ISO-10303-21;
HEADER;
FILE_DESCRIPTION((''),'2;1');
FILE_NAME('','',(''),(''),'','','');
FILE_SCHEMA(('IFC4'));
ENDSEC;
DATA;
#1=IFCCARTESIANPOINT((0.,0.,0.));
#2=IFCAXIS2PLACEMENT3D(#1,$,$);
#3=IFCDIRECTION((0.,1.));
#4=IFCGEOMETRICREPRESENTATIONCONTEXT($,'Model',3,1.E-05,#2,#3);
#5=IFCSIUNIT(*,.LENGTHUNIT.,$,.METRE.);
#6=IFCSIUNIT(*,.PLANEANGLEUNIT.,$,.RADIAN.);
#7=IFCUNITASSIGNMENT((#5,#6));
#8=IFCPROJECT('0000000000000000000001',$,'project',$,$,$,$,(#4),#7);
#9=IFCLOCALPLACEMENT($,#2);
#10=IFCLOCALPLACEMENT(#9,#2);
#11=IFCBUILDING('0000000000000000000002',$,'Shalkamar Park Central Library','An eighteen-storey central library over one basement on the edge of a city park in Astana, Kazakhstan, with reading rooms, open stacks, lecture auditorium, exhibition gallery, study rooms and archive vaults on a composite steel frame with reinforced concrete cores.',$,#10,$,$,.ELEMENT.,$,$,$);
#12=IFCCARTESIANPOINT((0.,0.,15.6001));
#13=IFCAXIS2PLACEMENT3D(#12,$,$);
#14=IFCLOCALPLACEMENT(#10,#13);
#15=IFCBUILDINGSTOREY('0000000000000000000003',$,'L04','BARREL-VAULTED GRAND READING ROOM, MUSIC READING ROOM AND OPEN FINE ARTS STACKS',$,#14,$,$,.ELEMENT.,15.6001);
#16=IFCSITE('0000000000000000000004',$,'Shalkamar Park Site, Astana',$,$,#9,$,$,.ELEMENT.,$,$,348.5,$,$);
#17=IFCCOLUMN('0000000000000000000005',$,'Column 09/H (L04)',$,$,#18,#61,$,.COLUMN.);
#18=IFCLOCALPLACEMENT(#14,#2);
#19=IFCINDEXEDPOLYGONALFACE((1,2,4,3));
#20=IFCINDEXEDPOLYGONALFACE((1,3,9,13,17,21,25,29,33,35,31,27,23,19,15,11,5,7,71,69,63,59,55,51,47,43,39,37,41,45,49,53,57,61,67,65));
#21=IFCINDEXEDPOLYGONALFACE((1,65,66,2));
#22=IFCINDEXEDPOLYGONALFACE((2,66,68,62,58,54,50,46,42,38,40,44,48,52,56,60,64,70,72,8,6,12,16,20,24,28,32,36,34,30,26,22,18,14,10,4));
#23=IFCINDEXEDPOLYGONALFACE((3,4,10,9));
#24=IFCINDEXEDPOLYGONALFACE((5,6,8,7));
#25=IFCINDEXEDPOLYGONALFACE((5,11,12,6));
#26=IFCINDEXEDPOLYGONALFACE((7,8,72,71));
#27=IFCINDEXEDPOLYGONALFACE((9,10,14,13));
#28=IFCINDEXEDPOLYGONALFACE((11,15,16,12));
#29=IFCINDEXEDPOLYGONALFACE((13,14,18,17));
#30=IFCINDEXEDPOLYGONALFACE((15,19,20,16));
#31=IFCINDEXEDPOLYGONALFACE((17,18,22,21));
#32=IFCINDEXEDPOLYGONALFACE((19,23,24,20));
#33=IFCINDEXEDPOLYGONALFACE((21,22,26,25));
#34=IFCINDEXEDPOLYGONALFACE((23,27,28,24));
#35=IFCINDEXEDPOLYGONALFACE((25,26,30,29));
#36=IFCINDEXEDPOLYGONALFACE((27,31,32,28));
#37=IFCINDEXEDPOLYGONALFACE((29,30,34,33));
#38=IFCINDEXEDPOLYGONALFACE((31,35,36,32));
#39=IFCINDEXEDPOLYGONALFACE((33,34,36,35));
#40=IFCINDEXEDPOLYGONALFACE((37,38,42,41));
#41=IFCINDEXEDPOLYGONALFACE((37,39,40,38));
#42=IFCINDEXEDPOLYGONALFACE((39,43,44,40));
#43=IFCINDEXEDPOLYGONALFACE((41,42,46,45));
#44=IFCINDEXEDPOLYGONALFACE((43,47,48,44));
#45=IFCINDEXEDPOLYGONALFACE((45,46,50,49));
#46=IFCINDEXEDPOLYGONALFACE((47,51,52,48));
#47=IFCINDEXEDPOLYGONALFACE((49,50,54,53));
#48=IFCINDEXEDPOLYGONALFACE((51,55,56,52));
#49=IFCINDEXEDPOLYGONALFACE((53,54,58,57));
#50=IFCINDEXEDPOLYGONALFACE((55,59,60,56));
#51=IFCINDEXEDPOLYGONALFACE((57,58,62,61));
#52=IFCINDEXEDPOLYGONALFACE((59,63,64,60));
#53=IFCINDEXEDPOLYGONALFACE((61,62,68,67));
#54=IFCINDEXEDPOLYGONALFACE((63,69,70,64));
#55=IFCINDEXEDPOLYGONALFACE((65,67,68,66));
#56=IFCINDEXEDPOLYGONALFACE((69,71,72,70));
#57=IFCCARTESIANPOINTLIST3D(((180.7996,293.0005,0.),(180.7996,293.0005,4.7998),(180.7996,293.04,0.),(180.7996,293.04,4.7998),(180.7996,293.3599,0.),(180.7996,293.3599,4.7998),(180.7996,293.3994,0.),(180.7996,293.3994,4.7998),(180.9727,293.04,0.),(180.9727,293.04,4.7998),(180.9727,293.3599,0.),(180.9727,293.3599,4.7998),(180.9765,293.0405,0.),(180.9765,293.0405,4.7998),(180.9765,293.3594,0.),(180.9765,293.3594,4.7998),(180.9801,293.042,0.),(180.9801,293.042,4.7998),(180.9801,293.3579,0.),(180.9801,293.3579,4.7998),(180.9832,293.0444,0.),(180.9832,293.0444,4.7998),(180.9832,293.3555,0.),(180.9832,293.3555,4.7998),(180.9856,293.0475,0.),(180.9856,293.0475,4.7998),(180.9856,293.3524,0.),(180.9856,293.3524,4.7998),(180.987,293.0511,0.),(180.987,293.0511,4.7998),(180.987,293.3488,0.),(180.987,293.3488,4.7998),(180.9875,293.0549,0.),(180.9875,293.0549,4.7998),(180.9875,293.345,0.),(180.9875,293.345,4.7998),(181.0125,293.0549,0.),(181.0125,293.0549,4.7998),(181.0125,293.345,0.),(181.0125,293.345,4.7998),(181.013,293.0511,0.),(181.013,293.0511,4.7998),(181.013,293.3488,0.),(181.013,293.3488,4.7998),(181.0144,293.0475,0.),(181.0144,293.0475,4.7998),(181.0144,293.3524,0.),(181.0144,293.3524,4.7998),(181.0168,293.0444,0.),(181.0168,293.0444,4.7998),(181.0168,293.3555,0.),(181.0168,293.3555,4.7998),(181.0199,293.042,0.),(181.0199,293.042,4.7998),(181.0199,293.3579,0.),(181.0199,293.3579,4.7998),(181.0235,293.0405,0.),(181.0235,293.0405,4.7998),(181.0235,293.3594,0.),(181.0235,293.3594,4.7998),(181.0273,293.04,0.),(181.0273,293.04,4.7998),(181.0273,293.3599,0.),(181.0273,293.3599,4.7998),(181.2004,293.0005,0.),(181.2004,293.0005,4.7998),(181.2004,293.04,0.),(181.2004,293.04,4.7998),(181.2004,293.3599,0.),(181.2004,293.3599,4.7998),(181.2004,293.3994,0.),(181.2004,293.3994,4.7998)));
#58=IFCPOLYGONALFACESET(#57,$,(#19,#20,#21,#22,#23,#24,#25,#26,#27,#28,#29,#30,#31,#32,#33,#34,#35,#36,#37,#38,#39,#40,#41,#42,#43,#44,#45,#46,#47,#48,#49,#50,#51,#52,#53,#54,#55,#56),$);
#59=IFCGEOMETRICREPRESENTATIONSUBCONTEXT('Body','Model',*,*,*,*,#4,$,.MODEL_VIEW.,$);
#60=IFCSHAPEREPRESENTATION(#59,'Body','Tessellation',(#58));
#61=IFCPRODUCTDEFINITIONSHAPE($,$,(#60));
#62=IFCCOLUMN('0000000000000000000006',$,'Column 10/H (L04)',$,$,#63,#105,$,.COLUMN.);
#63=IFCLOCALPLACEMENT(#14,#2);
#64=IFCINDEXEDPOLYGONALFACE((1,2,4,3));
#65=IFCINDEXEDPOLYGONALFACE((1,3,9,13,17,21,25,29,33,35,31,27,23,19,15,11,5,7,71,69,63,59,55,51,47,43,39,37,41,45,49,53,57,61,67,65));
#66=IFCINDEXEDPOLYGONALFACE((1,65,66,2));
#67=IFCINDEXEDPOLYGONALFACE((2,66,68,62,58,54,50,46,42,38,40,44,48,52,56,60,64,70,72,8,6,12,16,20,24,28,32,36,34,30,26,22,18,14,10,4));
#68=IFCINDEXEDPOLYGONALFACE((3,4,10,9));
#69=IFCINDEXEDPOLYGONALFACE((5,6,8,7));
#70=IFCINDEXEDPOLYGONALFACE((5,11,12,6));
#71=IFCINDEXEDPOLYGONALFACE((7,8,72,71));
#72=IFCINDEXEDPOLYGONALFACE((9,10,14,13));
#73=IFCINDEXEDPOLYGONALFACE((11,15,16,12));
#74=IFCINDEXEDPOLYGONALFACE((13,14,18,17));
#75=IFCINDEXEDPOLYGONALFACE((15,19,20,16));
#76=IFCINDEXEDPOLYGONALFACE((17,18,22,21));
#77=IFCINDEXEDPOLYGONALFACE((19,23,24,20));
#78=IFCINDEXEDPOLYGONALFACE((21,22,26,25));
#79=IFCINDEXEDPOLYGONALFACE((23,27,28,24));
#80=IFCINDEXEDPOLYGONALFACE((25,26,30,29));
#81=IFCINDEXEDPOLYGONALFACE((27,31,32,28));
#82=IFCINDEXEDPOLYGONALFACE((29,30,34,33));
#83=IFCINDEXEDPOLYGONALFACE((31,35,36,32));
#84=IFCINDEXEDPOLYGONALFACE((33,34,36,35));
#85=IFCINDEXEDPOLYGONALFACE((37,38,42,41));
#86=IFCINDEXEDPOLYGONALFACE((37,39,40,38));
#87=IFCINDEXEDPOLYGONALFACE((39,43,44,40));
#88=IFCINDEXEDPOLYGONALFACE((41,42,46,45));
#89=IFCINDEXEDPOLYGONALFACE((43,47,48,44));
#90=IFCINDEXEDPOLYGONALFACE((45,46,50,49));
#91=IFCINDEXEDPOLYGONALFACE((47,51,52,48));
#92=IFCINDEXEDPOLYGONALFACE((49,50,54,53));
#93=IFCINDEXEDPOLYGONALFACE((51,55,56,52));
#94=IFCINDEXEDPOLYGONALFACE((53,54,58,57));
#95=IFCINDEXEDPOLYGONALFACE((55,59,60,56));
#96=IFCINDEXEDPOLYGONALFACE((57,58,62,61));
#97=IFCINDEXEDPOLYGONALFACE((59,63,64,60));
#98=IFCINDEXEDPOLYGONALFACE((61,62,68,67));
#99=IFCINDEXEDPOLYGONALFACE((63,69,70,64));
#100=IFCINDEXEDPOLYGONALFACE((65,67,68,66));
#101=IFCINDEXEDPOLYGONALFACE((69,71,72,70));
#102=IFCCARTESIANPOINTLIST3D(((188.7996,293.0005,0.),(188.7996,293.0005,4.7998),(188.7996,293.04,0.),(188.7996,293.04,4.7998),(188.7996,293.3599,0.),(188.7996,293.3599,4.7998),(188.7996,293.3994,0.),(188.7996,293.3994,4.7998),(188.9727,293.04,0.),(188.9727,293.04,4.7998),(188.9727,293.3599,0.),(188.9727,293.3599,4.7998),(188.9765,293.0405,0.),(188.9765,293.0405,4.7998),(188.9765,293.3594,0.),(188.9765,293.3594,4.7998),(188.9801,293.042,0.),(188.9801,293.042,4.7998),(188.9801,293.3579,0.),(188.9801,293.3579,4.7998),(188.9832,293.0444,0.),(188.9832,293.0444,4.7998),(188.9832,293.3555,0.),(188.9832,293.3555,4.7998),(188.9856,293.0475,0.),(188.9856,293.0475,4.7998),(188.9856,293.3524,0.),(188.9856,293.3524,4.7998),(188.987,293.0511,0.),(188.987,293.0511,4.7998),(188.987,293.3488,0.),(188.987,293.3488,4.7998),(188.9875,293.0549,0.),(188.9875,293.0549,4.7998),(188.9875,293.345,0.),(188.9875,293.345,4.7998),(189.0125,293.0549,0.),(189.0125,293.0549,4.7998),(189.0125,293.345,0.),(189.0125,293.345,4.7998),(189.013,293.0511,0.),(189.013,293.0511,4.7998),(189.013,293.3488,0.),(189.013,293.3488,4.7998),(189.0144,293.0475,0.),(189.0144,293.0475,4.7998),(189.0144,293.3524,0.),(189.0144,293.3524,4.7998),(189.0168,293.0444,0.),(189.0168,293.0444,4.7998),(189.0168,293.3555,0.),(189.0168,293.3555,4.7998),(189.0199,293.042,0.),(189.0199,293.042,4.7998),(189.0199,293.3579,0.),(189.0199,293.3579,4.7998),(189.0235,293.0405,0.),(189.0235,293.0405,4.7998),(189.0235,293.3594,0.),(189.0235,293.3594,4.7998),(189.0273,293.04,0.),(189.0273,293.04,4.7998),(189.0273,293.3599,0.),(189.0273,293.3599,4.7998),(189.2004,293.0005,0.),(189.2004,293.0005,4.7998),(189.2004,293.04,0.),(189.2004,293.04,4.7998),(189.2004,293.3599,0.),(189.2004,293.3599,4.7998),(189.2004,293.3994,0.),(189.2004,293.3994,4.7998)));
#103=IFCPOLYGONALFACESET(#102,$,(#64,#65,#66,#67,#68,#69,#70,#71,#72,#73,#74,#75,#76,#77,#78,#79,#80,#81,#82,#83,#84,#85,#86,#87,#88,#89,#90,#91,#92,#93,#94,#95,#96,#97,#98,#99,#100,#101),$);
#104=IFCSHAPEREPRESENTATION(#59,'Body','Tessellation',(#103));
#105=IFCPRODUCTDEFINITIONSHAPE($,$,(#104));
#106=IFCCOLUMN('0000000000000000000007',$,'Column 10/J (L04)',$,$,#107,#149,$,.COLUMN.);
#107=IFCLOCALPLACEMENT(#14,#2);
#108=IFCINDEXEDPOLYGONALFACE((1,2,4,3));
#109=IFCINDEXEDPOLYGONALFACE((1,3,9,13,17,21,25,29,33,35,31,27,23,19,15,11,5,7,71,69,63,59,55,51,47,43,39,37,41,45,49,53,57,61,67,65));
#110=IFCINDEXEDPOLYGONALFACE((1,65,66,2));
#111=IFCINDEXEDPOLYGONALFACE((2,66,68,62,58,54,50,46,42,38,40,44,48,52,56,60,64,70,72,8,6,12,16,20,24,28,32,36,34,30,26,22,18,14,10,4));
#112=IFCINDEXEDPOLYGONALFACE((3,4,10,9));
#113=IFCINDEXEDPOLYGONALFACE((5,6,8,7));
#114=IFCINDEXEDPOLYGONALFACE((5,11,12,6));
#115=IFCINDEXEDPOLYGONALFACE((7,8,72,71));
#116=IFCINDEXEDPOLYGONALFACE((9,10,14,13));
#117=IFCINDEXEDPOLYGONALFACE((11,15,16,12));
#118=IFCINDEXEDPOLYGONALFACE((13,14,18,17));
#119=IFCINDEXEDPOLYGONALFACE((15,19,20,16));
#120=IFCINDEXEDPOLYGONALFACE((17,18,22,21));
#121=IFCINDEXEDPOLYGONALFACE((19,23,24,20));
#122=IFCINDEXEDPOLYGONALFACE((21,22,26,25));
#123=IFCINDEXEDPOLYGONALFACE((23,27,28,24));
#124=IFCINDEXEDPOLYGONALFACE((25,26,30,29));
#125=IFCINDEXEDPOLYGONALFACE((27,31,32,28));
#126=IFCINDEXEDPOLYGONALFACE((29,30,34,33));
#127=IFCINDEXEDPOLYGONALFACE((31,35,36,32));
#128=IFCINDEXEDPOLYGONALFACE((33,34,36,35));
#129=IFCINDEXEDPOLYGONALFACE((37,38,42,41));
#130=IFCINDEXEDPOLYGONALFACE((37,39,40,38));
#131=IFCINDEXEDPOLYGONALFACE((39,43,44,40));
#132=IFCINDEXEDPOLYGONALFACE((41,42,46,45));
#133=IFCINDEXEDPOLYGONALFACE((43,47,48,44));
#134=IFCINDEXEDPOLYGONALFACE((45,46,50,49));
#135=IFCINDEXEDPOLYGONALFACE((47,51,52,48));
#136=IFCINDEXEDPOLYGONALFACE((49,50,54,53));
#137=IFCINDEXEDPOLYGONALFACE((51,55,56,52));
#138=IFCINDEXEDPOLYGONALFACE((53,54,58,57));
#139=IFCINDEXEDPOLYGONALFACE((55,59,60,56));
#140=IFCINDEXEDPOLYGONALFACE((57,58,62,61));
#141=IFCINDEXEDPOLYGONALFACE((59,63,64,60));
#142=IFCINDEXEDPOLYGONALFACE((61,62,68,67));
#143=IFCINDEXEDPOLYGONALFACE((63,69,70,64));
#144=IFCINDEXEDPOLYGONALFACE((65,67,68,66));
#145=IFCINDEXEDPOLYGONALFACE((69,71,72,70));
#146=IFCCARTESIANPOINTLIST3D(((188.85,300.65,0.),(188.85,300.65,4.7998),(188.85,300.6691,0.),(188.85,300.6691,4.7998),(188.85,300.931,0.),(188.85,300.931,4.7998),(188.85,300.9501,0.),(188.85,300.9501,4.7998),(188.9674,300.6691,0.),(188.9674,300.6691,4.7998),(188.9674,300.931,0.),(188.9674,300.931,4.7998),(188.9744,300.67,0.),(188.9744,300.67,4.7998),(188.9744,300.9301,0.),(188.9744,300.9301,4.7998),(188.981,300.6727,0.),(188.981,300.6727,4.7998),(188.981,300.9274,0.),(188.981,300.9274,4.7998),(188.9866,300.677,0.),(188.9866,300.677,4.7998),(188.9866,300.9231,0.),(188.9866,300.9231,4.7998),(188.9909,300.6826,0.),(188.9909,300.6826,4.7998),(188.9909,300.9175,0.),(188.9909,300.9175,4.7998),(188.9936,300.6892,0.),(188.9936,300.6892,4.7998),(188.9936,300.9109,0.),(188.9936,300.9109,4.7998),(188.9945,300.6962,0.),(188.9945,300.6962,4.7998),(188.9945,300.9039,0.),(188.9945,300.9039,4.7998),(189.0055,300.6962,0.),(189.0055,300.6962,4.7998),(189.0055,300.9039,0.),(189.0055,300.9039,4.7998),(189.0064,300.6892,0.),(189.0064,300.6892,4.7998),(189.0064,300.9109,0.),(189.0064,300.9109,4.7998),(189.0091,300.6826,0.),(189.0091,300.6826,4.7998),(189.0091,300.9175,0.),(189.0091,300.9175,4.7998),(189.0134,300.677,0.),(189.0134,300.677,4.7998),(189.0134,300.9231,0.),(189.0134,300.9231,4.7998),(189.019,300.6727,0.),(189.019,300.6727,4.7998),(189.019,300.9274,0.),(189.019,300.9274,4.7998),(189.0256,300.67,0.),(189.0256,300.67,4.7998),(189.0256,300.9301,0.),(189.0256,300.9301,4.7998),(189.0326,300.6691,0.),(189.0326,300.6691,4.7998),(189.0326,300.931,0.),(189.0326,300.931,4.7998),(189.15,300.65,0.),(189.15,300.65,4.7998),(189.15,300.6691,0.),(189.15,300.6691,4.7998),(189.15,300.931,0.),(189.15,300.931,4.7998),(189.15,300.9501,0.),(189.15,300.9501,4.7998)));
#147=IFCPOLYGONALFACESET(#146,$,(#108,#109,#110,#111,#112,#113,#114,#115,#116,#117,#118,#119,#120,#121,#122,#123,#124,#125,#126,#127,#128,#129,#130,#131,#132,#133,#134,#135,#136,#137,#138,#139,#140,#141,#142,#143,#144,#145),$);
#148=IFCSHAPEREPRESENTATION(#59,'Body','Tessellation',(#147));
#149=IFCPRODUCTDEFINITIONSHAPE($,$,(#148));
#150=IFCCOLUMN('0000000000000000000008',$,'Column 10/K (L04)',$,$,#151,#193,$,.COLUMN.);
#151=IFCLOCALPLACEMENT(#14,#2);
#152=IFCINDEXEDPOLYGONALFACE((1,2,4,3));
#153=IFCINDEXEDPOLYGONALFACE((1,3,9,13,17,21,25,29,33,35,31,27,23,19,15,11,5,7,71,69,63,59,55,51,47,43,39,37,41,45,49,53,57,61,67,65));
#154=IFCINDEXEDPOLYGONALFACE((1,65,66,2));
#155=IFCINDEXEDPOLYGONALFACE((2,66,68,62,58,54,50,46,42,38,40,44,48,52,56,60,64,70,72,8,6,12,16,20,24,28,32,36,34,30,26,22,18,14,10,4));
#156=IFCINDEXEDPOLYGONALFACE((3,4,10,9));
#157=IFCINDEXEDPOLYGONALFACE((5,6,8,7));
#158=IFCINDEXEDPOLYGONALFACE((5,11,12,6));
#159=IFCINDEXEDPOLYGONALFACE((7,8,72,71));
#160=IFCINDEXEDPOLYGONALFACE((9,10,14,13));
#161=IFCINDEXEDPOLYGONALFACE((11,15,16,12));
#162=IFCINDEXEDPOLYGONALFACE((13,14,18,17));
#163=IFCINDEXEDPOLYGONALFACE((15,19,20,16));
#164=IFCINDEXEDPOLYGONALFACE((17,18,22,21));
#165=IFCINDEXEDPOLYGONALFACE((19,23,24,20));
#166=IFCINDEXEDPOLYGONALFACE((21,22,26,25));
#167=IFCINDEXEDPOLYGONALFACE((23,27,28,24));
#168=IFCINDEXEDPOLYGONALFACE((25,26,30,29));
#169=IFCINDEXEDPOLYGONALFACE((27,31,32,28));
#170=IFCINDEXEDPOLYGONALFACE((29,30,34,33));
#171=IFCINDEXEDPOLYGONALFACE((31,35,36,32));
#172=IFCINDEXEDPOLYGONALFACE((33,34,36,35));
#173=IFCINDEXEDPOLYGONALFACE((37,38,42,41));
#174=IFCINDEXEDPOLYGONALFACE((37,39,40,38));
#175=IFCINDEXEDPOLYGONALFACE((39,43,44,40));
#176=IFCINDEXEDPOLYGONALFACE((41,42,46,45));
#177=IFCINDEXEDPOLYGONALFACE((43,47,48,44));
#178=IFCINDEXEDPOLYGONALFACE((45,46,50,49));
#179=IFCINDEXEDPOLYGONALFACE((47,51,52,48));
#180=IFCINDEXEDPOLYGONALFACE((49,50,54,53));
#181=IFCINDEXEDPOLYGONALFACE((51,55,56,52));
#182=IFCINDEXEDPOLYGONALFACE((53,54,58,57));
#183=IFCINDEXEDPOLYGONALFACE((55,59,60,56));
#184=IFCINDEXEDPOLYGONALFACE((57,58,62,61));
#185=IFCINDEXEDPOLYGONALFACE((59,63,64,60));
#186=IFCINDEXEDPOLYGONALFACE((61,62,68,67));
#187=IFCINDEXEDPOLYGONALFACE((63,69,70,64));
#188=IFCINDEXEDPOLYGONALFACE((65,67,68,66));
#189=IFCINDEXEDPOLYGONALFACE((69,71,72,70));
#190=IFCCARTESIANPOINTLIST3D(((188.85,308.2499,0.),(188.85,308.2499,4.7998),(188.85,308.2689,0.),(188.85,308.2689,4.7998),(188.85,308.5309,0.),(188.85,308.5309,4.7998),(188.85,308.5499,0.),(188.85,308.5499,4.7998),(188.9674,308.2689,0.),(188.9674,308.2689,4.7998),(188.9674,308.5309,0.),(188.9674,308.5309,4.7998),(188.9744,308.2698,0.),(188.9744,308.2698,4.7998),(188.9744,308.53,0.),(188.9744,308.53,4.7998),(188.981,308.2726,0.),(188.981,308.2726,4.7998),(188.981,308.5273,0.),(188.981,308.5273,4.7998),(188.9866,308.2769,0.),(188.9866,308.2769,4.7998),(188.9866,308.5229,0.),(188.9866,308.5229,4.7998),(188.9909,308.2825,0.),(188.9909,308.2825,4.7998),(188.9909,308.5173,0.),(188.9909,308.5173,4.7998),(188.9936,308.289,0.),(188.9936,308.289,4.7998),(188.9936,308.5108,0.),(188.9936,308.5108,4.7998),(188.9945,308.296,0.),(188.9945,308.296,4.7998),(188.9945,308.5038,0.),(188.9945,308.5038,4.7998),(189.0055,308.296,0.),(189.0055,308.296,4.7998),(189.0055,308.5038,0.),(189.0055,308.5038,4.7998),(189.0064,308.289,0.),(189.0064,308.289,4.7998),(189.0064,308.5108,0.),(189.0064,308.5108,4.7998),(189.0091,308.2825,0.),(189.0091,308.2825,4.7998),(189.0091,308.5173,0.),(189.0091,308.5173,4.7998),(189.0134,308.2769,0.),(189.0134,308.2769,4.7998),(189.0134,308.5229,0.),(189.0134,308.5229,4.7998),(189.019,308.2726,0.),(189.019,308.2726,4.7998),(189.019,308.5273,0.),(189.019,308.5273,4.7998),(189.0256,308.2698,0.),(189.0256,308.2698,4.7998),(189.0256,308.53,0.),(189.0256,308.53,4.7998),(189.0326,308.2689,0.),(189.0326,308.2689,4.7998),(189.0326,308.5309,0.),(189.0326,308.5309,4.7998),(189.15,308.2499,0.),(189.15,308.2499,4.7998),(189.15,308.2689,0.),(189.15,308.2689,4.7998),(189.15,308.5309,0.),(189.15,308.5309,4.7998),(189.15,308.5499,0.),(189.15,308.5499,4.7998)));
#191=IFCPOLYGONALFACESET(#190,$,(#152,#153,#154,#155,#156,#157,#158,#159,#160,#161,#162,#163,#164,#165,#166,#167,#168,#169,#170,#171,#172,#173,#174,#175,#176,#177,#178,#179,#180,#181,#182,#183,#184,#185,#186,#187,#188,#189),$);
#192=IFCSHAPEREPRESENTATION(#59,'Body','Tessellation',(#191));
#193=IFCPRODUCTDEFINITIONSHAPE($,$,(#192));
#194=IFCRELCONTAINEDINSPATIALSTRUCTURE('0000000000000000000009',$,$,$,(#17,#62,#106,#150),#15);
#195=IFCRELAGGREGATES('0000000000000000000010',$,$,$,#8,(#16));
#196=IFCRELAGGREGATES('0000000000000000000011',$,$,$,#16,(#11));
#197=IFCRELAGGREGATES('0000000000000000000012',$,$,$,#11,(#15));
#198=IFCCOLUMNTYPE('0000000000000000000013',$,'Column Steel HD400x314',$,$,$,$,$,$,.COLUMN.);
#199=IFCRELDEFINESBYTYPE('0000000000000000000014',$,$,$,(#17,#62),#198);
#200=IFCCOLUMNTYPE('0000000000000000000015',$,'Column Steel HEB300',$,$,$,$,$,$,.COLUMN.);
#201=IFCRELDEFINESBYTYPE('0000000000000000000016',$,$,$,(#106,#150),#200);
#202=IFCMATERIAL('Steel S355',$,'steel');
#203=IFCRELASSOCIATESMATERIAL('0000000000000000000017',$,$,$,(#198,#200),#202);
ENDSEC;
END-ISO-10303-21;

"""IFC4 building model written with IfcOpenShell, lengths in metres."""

from ifc_helpers import new_model, si_unit, direction, frame, origin, origin_2d, place, context, subcontext, project, spatial, i_section, extrude, material, material_profile, profile_set, type_object, element, save


model = new_model("IFC4")

# Units and contexts
model_context = context("Model", 3, precision=1e-05, world=origin(), true_north=direction((0.0, 1.0)))
body_context = subcontext(model_context, "Body", "Model", "MODEL_VIEW")
ifc_project = project(units=[si_unit("LENGTHUNIT", "METRE"), si_unit("PLANEANGLEUNIT", "RADIAN")], contexts=[model_context])

# Site, building, storey
site_placement = place(None, origin())
site = spatial("IfcSite", under=ifc_project, at=site_placement, Name="Shalkamar Park Site, Astana", CompositionType="ELEMENT", RefElevation=348.5)
building_placement = place(site_placement, origin())
building = spatial("IfcBuilding", under=site, at=building_placement, Name="Shalkamar Park Central Library", Description="An eighteen-storey central library over one basement on the edge of a city park in Astana, Kazakhstan, with reading rooms, open stacks, lecture auditorium, exhibition gallery, study rooms and archive vaults on a composite steel frame with reinforced concrete cores.", CompositionType="ELEMENT")
storey_placement = place(building_placement, frame((0.0, 0.0, 15.6001)))
storey = spatial("IfcBuildingStorey", under=building, at=storey_placement, Name="L04", Description="BARREL-VAULTED GRAND READING ROOM, MUSIC READING ROOM AND OPEN FINE ARTS STACKS", CompositionType="ELEMENT", Elevation=15.6001)

# Columns
ifc_material = material(Name="Steel S355", Category="steel")
ifc_material_profile_1 = material_profile(ifc_material, i_section(OverallWidth=0.4009, OverallDepth=0.3989, WebThickness=0.0249, FlangeThickness=0.0396, FilletRadius=0.0149, at=origin_2d()), Name="HD 400x314")
ifc_profile_set_1 = profile_set([ifc_material_profile_1], Name="Steel S355")
column_type_1 = type_object("IfcColumnType", Name="Column Steel HD400x314", PredefinedType="COLUMN", material=ifc_profile_set_1)
for number, where, z_axis, x_axis, name in (
    (1, (181.0, 293.2, 0.0), (0.0, 0.0, 1.0), (1.0, 0.0, 0.0), "Column 09/H (L04)"),
    (2, (189.0, 293.2, 0.0), (0.0, 0.0, 1.0), (1.0, 0.0, 0.0), "Column 10/H (L04)"),
):
    element("IfcColumn", number, at=place(storey_placement, frame(where, z_axis=z_axis, x_axis=x_axis)), inside=storey, type_object=column_type_1, Name=name, PredefinedType="COLUMN", context=body_context, shape_type="SweptSolid", body=[
        extrude(i_section(OverallWidth=0.4009, OverallDepth=0.3989, WebThickness=0.0249, FlangeThickness=0.0396, FilletRadius=0.0149, at=origin_2d()), origin(), (0.0, 0.0, 1.0), 4.7998),
    ])
ifc_material_profile_2 = material_profile(ifc_material, i_section(OverallWidth=0.3, OverallDepth=0.3, WebThickness=0.011, FlangeThickness=0.019, FilletRadius=0.0271, at=origin_2d()), Name="HEB 300")
ifc_profile_set_2 = profile_set([ifc_material_profile_2], Name="Steel S355")
column_type_2 = type_object("IfcColumnType", Name="Column Steel HEB300", PredefinedType="COLUMN", material=ifc_profile_set_2)
for number, where, z_axis, x_axis, name in (
    (3, (189.0, 300.8, 0.0), (0.0, 0.0, 1.0), (1.0, 0.0, 0.0), "Column 10/J (L04)"),
    (4, (189.0, 308.3999, 0.0), (0.0, 0.0, 1.0), (1.0, 0.0, 0.0), "Column 10/K (L04)"),
):
    element("IfcColumn", number, at=place(storey_placement, frame(where, z_axis=z_axis, x_axis=x_axis)), inside=storey, type_object=column_type_2, Name=name, PredefinedType="COLUMN", context=body_context, shape_type="SweptSolid", body=[
        extrude(i_section(OverallWidth=0.3, OverallDepth=0.3, WebThickness=0.011, FlangeThickness=0.019, FilletRadius=0.0271, at=origin_2d()), origin(), (0.0, 0.0, 1.0), 4.7998),
    ])

save(model, "model.ifc")
